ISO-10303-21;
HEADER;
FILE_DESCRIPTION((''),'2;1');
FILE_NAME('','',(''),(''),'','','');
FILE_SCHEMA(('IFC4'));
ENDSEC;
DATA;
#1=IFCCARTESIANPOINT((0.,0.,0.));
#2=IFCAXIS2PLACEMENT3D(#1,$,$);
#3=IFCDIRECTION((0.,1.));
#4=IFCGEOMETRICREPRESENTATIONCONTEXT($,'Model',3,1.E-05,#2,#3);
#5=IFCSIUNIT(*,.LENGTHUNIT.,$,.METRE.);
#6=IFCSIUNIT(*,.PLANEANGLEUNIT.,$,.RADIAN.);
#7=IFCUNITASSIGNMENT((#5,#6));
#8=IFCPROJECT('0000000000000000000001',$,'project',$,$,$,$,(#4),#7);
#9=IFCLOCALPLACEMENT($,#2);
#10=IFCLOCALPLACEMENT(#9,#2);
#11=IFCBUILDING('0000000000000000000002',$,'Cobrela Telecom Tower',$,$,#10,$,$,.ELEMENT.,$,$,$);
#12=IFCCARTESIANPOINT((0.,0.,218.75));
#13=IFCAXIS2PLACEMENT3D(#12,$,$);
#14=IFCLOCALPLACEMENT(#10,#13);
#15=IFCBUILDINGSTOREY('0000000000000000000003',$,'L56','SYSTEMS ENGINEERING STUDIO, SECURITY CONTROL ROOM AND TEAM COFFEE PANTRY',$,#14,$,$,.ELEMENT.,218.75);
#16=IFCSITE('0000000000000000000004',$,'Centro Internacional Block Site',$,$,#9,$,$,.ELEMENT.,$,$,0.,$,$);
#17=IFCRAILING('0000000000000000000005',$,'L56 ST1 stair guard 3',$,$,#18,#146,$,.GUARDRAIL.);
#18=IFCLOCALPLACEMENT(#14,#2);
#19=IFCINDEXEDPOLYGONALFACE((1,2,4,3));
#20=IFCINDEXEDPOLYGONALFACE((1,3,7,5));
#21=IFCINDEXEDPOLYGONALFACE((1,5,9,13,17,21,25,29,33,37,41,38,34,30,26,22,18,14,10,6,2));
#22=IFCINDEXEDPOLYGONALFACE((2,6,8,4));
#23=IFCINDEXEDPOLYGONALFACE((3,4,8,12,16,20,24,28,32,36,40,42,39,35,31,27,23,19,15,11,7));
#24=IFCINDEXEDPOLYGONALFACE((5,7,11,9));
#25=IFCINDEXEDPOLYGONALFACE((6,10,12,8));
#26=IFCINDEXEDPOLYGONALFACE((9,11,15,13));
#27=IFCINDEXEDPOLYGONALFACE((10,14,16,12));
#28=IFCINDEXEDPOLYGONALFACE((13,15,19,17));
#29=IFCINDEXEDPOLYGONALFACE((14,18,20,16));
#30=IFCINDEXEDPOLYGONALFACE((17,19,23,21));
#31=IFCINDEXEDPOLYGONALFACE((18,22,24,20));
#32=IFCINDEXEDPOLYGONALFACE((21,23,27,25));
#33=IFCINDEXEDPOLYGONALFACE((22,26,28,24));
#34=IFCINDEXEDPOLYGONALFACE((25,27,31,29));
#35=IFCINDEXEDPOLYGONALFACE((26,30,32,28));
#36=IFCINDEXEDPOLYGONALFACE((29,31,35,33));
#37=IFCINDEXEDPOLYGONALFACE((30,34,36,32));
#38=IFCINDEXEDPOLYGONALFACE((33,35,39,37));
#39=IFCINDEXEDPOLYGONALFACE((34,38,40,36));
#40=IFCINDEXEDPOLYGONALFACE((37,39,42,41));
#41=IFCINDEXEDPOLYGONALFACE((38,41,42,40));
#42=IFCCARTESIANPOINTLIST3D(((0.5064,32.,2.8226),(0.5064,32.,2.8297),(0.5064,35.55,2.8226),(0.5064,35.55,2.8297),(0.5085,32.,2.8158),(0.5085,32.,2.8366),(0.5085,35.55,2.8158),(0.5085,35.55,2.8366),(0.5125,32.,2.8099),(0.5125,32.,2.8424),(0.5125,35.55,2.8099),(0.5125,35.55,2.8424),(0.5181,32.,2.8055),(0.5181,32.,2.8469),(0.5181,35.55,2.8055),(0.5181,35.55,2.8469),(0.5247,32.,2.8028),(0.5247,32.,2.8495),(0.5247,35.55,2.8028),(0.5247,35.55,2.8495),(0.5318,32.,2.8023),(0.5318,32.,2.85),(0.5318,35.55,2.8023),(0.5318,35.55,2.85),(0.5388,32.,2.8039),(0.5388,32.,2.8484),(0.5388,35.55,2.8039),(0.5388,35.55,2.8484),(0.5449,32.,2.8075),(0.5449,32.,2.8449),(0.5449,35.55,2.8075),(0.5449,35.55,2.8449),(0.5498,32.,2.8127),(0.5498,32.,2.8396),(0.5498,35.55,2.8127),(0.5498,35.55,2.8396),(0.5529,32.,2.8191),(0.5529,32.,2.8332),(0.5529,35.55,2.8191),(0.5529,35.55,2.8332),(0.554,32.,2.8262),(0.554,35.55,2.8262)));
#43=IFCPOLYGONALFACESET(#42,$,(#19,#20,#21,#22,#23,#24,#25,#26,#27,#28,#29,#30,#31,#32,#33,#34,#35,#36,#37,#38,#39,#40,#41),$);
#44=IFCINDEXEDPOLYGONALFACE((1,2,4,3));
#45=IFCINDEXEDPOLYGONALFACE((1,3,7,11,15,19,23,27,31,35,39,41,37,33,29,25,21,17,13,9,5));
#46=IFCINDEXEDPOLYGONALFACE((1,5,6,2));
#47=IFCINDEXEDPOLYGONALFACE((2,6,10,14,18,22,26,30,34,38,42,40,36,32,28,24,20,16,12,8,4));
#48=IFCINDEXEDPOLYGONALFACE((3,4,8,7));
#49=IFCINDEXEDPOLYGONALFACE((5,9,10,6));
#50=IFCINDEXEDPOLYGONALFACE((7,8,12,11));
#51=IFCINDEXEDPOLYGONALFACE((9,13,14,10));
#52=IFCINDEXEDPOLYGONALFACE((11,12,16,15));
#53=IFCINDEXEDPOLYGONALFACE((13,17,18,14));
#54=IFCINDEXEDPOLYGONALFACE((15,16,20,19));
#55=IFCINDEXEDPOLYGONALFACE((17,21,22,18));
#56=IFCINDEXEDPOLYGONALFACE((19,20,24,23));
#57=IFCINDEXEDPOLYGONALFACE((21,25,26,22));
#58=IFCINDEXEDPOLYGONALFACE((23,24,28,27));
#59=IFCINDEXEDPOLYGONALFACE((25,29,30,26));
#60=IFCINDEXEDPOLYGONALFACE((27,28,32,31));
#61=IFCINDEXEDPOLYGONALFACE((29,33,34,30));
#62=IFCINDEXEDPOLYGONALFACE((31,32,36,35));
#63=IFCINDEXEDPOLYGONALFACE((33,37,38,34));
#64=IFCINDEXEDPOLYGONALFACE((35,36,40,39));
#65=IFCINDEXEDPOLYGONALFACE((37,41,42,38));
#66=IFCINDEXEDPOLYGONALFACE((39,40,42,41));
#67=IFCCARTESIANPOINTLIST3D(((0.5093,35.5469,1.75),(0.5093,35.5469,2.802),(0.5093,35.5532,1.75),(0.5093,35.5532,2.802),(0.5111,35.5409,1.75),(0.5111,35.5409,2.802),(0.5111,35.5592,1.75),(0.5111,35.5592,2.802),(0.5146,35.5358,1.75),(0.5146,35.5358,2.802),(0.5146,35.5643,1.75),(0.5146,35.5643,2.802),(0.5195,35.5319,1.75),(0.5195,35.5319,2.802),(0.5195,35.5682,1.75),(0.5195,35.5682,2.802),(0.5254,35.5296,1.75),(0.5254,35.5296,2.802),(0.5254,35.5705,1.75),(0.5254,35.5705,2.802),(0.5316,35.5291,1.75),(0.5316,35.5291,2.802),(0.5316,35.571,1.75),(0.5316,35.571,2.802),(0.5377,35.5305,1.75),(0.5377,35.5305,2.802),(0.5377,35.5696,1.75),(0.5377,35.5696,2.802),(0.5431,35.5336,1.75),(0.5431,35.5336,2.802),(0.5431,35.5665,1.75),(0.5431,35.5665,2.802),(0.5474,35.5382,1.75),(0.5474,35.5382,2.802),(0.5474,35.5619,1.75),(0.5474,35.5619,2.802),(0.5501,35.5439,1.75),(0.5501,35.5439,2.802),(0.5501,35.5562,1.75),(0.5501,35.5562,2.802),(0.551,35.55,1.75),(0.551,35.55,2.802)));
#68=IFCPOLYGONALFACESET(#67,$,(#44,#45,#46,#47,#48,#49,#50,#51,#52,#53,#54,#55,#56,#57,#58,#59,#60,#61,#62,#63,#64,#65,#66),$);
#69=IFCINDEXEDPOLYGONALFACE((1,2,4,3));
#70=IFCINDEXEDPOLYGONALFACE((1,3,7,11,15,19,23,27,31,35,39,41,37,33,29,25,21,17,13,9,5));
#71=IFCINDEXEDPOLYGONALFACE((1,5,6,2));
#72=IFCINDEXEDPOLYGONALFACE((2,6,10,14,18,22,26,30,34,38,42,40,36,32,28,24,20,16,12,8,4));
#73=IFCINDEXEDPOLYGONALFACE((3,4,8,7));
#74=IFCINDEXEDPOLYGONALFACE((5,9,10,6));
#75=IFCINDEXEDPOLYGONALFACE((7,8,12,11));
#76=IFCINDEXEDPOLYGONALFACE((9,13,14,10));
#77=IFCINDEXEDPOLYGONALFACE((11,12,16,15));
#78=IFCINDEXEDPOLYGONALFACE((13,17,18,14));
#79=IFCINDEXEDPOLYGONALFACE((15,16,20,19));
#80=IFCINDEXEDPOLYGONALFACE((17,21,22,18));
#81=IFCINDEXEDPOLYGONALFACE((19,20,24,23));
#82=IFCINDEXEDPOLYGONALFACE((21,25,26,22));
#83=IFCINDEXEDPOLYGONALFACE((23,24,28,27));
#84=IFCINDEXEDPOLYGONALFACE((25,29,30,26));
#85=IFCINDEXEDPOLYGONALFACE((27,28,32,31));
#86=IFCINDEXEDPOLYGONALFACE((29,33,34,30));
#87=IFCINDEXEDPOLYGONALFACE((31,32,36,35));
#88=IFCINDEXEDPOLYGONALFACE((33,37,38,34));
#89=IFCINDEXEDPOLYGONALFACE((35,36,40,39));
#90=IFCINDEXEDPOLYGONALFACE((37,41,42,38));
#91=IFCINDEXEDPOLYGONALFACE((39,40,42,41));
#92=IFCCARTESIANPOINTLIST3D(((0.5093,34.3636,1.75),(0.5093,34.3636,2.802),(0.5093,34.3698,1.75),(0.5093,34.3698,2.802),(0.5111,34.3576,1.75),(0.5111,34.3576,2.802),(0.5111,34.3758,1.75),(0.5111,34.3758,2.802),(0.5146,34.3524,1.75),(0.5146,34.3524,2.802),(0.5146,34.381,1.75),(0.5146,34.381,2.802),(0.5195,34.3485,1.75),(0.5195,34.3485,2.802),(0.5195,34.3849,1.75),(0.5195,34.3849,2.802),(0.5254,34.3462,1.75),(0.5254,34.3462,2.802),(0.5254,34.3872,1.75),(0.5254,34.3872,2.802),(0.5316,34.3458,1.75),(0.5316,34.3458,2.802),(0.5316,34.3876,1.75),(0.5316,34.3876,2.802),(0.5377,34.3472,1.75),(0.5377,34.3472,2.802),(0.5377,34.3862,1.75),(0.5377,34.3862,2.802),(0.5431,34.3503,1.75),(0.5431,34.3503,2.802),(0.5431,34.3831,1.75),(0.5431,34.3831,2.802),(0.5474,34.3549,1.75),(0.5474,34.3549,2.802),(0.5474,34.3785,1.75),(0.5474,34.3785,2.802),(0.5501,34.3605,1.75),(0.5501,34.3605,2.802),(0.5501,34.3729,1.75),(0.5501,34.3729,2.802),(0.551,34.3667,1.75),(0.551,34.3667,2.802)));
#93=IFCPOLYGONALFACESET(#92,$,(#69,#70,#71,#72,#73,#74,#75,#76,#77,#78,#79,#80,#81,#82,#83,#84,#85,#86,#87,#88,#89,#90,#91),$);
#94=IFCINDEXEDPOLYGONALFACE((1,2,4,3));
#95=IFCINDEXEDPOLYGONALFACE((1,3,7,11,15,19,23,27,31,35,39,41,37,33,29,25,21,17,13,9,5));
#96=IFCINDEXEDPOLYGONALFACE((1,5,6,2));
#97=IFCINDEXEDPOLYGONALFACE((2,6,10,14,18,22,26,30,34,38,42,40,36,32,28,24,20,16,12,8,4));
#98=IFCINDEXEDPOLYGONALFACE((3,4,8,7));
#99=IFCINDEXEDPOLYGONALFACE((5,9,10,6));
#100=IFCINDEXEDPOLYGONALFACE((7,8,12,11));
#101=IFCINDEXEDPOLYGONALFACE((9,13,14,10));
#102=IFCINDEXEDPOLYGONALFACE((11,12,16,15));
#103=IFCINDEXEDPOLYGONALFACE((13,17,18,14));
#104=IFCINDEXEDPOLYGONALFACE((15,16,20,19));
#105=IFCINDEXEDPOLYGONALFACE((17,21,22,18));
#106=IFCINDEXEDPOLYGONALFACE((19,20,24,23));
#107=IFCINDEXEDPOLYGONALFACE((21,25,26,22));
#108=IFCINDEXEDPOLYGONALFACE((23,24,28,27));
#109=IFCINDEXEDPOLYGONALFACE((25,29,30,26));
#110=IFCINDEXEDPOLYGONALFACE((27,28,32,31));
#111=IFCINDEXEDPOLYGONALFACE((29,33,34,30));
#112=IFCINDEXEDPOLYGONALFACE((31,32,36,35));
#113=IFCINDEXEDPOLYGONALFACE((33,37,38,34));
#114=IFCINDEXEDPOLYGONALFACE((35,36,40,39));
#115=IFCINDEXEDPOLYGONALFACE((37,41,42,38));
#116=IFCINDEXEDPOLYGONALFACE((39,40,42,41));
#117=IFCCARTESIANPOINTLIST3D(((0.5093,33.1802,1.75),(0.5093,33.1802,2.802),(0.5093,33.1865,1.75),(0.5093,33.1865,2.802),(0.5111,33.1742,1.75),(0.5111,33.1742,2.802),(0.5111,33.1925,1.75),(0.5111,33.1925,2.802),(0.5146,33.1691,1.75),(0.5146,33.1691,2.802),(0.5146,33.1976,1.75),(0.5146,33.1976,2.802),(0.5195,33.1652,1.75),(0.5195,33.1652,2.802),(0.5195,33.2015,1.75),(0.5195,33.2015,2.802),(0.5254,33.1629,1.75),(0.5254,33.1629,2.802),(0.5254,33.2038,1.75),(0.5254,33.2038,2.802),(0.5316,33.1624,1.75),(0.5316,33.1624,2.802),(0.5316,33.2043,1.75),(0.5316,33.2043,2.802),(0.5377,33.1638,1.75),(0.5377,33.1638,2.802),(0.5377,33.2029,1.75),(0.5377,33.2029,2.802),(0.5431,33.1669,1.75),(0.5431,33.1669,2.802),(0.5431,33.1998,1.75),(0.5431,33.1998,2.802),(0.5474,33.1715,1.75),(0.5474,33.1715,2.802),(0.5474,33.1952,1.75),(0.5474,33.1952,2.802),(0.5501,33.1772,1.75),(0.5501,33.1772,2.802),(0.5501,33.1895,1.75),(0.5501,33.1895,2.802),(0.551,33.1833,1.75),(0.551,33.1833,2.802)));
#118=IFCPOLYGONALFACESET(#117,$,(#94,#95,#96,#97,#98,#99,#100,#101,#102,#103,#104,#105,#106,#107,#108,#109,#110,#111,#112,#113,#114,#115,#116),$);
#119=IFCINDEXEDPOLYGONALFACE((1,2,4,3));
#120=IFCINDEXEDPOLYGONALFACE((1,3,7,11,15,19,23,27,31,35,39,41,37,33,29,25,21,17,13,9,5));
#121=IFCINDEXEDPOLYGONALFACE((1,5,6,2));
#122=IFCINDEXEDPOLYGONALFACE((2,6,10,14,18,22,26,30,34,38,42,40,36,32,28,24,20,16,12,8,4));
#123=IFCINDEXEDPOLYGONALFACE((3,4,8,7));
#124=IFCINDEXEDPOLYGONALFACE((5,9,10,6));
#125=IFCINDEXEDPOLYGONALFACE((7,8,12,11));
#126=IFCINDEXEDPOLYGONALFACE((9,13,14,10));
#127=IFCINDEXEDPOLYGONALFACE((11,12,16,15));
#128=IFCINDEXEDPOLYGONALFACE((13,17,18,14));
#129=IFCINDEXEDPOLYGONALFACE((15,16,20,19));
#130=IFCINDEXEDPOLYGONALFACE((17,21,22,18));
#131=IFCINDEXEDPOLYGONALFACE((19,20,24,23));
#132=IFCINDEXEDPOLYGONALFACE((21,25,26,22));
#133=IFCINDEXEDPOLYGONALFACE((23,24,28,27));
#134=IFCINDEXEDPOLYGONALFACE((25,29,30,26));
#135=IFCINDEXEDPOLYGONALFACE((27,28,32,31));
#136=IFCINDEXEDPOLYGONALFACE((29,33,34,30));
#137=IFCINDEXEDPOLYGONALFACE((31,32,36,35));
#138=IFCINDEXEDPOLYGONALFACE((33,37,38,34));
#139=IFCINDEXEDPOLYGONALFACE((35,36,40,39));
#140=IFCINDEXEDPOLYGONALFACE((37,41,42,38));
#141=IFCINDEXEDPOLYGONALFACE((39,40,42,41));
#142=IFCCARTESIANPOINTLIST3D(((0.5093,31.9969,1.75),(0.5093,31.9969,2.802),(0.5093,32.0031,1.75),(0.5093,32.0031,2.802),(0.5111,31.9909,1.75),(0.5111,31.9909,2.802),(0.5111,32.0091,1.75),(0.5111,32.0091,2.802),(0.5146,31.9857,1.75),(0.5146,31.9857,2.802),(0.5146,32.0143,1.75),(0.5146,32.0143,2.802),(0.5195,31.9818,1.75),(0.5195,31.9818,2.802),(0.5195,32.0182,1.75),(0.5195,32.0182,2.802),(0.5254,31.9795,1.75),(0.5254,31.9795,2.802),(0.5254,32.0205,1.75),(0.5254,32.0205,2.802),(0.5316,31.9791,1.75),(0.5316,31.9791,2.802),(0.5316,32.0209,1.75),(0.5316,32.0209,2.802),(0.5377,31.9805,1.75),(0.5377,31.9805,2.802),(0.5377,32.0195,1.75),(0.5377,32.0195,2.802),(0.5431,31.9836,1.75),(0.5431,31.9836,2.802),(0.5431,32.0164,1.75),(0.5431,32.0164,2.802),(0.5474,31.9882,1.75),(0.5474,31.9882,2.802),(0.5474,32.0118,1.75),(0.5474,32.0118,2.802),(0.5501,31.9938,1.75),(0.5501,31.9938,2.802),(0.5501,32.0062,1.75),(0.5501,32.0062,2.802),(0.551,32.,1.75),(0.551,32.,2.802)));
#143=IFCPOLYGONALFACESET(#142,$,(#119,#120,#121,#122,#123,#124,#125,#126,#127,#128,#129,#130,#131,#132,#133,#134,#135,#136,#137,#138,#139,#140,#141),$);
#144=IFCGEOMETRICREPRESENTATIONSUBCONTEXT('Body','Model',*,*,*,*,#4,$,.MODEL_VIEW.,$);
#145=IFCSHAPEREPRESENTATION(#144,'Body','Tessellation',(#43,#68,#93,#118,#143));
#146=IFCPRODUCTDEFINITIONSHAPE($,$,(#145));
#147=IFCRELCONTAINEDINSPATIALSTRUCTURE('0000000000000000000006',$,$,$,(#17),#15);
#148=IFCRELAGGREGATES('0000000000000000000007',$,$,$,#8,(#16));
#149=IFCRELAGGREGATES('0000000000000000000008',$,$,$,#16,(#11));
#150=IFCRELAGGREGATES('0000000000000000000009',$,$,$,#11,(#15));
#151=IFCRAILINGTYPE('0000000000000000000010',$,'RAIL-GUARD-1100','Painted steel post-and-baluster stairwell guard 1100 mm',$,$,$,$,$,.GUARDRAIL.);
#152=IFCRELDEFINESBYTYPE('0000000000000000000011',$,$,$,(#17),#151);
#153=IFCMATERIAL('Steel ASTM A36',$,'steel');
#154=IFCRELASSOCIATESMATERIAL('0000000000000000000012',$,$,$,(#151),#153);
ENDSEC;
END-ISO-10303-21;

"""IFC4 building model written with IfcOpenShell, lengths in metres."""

from ifc_helpers import new_model, si_unit, direction, frame, origin, origin_2d, place, context, subcontext, project, spatial, circle, extrude, material, type_object, element, save


model = new_model("IFC4")

# Units and contexts
model_context = context("Model", 3, precision=1e-05, world=origin(), true_north=direction((0.0, 1.0)))
body_context = subcontext(model_context, "Body", "Model", "MODEL_VIEW")
ifc_project = project(units=[si_unit("LENGTHUNIT", "METRE"), si_unit("PLANEANGLEUNIT", "RADIAN")], contexts=[model_context])

# Site, building, storey
site_placement = place(None, origin())
site = spatial("IfcSite", under=ifc_project, at=site_placement, Name="Centro Internacional Block Site", CompositionType="ELEMENT", RefElevation=0.0)
building_placement = place(site_placement, origin())
building = spatial("IfcBuilding", under=site, at=building_placement, Name="Cobrela Telecom Tower", CompositionType="ELEMENT")
storey_placement = place(building_placement, frame((0.0, 0.0, 218.75)))
storey = spatial("IfcBuildingStorey", under=building, at=storey_placement, Name="L56", Description="SYSTEMS ENGINEERING STUDIO, SECURITY CONTROL ROOM AND TEAM COFFEE PANTRY", CompositionType="ELEMENT", Elevation=218.75)

# Shared definitions
ifc_material_1 = material(Name="Steel ASTM A36", Category="steel")

# Railing
railing_type_1 = type_object("IfcRailingType", Name="RAIL-GUARD-1100", Description="Painted steel post-and-baluster stairwell guard 1100 mm", PredefinedType="GUARDRAIL", material=ifc_material_1)
railing_1_placement = place(storey_placement, frame((0.53, 35.55, 1.75)))
element("IfcRailing", 1, at=railing_1_placement, inside=storey, type_object=railing_type_1, Name="L56 ST1 stair guard 3", PredefinedType="GUARDRAIL", context=body_context, shape_type="SweptSolid", body=[
    extrude(circle(Radius=0.0239, at=origin_2d()), frame((0.0, 0.0, 1.0762), z_axis=(0.0, -1.0, 0.0), x_axis=(1.0, 0.0, 0.0)), (0.0, 0.0, 1.0), 3.55),
    extrude(circle(Radius=0.021, at=origin_2d()), origin(), (0.0, 0.0, 1.0), 1.052),
    extrude(circle(Radius=0.021, at=origin_2d()), frame((0.0, -1.1833, 0.0)), (0.0, 0.0, 1.0), 1.052),
    extrude(circle(Radius=0.021, at=origin_2d()), frame((0.0, -2.3667, 0.0)), (0.0, 0.0, 1.0), 1.052),
    extrude(circle(Radius=0.021, at=origin_2d()), frame((0.0, -3.55, 0.0)), (0.0, 0.0, 1.0), 1.052),
])

save(model, "model.ifc")
